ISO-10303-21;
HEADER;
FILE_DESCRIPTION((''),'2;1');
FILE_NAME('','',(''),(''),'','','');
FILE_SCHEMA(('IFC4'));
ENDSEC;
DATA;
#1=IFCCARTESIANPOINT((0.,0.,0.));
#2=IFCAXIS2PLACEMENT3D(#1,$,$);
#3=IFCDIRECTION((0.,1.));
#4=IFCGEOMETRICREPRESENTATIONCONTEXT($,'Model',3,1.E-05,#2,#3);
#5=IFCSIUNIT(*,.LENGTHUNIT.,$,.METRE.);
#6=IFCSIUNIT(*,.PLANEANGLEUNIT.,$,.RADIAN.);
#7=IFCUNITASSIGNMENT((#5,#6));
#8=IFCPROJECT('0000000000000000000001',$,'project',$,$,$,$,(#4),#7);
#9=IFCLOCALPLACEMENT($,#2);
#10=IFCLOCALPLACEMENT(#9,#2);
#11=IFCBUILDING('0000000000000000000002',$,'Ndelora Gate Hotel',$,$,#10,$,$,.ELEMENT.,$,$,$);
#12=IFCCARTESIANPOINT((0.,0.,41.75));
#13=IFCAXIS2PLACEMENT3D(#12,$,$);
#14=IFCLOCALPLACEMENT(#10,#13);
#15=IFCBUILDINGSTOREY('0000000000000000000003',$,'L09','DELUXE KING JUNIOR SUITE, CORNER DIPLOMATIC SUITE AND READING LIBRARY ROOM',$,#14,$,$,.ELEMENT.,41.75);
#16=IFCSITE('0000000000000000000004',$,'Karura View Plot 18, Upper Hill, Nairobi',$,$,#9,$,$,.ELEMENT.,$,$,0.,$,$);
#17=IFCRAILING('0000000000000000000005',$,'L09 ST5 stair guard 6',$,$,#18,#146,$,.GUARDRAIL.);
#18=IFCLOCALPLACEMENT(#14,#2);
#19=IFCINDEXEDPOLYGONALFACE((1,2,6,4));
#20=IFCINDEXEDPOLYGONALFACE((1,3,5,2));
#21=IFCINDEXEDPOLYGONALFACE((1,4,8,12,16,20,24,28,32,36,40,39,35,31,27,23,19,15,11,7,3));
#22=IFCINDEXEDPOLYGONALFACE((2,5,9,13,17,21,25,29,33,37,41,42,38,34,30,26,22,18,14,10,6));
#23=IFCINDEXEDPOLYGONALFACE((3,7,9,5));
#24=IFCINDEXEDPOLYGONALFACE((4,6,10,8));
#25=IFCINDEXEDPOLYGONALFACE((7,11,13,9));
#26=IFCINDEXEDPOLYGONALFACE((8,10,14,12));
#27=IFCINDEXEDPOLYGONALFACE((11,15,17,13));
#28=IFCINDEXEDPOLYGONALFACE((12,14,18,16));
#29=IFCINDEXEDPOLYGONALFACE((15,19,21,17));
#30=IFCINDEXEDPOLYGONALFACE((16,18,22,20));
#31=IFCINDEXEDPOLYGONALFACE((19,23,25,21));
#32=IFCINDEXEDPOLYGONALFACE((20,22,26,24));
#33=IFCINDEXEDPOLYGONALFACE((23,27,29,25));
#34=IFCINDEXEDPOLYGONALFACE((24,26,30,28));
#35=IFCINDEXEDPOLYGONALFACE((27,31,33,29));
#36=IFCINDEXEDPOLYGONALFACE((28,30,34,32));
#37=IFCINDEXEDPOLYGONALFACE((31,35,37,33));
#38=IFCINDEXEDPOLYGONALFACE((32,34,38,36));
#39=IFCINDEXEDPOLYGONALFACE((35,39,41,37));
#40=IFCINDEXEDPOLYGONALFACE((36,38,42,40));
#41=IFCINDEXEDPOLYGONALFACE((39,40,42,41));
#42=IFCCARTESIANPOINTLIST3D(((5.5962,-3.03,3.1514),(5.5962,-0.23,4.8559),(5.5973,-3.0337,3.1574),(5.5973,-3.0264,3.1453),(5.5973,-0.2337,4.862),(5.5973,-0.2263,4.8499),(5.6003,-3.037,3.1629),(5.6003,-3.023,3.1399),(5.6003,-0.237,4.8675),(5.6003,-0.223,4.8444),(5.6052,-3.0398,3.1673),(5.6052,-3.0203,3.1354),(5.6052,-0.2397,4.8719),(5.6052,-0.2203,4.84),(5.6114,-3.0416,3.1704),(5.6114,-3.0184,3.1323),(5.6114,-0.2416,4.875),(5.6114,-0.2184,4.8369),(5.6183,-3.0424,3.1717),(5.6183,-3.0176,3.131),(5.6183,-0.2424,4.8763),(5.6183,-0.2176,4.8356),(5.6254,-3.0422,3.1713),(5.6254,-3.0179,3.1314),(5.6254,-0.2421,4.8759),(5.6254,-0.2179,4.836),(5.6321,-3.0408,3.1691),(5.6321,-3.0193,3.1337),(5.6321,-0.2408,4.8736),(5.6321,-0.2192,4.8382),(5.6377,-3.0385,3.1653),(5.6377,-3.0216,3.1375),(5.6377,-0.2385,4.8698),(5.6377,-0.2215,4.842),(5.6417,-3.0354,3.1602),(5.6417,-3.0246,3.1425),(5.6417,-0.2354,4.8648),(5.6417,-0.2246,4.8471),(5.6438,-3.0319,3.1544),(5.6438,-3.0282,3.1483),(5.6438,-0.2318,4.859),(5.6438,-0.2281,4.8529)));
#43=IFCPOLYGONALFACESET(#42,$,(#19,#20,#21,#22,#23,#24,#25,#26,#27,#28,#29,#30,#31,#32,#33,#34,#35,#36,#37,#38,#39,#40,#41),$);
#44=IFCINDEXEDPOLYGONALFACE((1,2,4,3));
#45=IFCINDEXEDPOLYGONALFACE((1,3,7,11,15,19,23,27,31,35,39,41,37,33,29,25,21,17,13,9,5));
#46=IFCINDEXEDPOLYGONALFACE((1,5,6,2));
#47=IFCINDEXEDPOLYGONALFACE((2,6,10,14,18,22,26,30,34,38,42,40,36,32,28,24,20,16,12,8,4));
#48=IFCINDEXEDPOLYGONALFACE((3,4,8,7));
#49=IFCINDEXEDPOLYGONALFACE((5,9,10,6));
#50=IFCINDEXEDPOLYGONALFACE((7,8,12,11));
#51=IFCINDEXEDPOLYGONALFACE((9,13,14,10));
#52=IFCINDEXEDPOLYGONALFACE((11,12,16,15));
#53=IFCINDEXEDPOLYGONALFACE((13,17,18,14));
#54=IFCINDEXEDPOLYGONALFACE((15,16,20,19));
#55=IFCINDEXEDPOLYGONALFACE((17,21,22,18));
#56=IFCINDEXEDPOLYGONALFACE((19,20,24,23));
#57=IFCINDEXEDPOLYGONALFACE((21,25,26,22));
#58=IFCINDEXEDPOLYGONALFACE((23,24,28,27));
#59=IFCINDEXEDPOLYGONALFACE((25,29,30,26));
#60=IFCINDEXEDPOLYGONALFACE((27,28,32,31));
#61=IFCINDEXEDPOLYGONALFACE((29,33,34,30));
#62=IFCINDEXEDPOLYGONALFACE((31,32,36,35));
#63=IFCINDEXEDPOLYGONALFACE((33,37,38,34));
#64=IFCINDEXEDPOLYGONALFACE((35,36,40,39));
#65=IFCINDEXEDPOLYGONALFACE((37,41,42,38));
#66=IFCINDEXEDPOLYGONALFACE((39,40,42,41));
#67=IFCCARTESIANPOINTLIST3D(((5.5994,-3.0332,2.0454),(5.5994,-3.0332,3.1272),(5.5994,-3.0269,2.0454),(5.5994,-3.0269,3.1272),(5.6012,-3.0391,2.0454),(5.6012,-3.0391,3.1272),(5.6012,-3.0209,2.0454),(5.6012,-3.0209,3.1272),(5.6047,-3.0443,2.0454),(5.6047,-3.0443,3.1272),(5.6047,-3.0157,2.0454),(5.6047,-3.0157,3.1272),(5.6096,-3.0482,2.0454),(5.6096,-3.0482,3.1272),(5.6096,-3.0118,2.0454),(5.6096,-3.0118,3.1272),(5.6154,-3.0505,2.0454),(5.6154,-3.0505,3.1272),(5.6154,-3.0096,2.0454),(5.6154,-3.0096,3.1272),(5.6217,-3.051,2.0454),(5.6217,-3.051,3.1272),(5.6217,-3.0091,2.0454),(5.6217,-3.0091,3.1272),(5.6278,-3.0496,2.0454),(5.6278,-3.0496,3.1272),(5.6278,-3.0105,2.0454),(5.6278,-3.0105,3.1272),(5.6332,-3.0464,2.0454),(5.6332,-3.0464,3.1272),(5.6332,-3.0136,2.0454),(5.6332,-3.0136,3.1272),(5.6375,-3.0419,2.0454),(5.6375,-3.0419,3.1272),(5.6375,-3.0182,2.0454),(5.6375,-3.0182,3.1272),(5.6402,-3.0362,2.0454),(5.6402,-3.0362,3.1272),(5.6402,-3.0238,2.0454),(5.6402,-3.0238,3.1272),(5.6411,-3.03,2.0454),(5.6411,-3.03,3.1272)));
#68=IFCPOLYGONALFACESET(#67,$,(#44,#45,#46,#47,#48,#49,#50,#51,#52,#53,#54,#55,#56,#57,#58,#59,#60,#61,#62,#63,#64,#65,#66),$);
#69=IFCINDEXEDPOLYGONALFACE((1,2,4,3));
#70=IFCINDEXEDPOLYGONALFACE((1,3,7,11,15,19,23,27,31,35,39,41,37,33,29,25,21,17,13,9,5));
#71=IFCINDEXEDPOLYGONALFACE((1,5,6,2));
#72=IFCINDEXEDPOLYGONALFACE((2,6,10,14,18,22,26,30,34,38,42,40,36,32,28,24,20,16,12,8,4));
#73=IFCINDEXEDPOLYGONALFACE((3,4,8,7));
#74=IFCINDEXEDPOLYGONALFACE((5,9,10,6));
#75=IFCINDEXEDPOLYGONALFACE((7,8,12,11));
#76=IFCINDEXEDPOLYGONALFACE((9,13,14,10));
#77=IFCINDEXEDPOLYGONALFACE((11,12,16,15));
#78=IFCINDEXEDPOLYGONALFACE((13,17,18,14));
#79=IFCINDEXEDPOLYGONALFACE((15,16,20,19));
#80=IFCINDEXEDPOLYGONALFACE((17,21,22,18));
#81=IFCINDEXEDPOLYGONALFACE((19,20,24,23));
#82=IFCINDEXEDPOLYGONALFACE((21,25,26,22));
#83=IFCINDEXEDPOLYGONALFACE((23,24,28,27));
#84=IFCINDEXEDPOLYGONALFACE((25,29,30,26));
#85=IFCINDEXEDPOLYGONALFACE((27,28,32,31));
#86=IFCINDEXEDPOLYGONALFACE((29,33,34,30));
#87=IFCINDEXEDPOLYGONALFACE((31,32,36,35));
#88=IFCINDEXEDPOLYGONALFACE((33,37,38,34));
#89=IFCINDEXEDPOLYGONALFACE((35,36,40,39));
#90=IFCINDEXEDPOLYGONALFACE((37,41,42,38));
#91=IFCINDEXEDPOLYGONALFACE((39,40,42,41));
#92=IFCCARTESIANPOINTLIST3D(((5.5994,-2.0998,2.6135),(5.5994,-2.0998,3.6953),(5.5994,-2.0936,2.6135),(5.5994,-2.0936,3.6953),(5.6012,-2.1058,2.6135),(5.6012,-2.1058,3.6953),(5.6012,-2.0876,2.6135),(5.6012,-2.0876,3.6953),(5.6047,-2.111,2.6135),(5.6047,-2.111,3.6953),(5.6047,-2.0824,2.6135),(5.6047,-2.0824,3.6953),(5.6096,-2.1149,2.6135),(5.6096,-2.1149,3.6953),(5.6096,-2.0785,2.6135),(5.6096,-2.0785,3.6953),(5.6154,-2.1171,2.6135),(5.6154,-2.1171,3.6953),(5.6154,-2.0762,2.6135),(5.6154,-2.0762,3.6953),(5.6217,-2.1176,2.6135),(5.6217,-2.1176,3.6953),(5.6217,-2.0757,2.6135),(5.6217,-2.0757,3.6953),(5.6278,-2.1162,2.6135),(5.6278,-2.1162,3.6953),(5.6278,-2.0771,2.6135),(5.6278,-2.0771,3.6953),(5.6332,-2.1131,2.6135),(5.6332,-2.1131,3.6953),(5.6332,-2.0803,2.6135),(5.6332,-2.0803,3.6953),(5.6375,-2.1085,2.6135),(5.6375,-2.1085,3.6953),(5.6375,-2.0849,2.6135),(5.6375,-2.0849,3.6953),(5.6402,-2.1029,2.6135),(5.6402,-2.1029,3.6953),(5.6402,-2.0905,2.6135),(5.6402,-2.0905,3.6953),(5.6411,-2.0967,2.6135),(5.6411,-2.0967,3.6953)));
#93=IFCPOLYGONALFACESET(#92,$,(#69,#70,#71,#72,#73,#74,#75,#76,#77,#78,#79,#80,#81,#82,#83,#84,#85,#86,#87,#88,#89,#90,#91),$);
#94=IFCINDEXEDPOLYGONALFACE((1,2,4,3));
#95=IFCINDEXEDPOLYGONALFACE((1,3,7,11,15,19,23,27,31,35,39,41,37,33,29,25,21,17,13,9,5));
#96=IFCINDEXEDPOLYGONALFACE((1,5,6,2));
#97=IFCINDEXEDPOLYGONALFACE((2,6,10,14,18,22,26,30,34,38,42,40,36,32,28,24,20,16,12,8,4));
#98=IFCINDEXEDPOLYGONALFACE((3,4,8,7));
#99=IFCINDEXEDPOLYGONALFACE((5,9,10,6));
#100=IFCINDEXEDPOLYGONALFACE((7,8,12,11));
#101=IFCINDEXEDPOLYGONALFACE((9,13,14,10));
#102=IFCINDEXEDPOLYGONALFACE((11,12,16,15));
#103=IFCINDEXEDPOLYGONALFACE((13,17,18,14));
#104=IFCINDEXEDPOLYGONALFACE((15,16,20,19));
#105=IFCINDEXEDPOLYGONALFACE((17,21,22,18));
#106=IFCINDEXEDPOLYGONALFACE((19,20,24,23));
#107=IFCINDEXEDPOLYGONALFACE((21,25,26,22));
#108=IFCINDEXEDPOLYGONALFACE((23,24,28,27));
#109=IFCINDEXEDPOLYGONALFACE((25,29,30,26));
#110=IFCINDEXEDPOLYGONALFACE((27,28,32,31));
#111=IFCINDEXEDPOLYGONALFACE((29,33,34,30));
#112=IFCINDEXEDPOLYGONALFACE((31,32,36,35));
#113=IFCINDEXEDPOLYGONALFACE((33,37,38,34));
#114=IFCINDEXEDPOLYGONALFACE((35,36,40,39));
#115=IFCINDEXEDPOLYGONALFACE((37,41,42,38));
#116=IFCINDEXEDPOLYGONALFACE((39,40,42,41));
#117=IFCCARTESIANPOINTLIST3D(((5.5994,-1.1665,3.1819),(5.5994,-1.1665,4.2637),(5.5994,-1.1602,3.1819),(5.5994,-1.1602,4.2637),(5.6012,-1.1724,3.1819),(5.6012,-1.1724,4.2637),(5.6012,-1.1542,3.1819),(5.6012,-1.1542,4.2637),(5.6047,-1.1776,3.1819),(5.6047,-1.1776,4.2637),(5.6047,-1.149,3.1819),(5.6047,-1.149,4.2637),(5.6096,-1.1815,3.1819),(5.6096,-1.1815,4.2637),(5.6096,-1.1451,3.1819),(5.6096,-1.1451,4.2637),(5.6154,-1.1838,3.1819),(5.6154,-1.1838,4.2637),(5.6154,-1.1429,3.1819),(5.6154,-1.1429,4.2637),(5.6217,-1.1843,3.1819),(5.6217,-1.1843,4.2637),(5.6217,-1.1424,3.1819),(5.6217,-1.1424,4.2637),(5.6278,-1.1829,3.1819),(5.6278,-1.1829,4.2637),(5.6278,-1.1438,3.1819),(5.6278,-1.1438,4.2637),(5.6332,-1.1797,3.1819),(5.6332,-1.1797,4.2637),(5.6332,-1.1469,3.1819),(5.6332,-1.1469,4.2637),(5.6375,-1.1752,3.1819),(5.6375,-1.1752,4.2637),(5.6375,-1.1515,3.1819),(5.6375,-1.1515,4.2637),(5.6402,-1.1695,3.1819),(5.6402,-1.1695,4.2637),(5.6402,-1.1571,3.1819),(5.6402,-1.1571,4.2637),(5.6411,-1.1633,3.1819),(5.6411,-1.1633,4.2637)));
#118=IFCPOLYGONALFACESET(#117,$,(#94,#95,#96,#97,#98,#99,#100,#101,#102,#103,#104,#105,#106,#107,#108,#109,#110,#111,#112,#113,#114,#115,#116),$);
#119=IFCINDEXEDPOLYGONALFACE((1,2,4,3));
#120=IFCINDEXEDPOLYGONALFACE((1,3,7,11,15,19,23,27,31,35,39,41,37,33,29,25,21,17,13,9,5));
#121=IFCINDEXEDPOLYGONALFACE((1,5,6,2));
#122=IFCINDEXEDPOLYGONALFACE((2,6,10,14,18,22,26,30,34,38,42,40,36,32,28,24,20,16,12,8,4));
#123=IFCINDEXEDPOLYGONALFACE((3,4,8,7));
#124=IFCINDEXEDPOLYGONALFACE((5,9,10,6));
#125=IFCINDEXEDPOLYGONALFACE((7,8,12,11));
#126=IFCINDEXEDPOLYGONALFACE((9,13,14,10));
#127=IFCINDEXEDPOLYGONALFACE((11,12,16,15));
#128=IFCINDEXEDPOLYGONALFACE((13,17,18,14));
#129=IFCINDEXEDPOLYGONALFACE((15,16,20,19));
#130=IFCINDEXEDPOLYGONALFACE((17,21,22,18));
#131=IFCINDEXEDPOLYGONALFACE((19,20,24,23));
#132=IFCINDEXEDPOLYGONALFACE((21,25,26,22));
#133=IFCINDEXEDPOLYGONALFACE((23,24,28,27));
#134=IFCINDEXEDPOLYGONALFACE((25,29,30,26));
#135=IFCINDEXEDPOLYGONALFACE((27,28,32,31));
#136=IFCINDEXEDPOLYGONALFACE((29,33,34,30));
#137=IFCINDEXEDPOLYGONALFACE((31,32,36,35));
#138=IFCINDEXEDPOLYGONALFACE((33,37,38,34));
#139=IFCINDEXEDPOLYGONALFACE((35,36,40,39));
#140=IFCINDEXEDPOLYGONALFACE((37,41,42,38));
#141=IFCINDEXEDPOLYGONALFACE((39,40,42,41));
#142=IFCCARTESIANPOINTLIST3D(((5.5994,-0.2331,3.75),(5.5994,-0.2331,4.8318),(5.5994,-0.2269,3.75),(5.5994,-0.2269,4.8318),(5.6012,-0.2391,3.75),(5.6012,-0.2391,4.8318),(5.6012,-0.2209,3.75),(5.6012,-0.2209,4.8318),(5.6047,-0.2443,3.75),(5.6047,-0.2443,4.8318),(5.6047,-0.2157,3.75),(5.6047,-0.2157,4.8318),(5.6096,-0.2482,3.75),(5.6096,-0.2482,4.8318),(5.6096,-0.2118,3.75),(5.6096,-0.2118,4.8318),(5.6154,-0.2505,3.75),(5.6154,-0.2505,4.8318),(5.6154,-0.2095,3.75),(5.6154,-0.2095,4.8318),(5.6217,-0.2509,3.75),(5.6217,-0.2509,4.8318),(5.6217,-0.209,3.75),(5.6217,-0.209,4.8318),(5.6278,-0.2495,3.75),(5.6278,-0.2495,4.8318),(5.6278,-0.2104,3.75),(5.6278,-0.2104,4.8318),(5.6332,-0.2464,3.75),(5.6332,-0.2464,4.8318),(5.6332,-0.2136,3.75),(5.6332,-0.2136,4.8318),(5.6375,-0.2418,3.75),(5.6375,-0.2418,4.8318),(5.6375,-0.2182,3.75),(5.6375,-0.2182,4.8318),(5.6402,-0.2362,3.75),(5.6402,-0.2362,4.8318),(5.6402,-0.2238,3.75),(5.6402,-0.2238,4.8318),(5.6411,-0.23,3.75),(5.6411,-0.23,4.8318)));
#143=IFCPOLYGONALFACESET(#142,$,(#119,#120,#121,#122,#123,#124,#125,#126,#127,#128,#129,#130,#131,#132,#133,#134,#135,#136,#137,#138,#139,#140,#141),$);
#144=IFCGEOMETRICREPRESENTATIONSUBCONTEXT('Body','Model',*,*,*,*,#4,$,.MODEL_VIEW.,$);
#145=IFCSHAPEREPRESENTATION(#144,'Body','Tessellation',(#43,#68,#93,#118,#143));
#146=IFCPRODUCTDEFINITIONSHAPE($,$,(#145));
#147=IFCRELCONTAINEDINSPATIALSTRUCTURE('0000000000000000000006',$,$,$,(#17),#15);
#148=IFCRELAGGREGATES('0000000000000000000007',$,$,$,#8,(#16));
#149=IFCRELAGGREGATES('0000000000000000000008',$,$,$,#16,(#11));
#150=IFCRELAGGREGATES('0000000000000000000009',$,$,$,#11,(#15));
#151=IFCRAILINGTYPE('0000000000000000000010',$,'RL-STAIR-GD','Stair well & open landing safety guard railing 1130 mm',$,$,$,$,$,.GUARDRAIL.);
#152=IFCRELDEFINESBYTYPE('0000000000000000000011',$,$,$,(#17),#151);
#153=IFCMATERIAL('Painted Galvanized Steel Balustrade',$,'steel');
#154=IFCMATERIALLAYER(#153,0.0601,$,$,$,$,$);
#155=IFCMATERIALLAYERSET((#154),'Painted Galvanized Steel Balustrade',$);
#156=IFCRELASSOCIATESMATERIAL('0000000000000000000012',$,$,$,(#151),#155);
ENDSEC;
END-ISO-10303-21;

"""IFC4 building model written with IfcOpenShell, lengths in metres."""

from ifc_helpers import new_model, si_unit, direction, frame, origin, origin_2d, place, context, subcontext, project, spatial, circle, extrude, material, layer, layer_set, type_object, element, save


model = new_model("IFC4")

# Units and contexts
model_context = context("Model", 3, precision=1e-05, world=origin(), true_north=direction((0.0, 1.0)))
body_context = subcontext(model_context, "Body", "Model", "MODEL_VIEW")
ifc_project = project(units=[si_unit("LENGTHUNIT", "METRE"), si_unit("PLANEANGLEUNIT", "RADIAN")], contexts=[model_context])

# Site, building, storey
site_placement = place(None, origin())
site = spatial("IfcSite", under=ifc_project, at=site_placement, Name="Karura View Plot 18, Upper Hill, Nairobi", CompositionType="ELEMENT", RefElevation=0.0)
building_placement = place(site_placement, origin())
building = spatial("IfcBuilding", under=site, at=building_placement, Name="Ndelora Gate Hotel", CompositionType="ELEMENT")
storey_placement = place(building_placement, frame((0.0, 0.0, 41.75)))
storey = spatial("IfcBuildingStorey", under=building, at=storey_placement, Name="L09", Description="DELUXE KING JUNIOR SUITE, CORNER DIPLOMATIC SUITE AND READING LIBRARY ROOM", CompositionType="ELEMENT", Elevation=41.75)

# Railing
ifc_material_1 = material(Name="Painted Galvanized Steel Balustrade", Category="steel")
ifc_layer_1 = layer(ifc_material_1, 0.0601)
ifc_layer_set_1 = layer_set([ifc_layer_1], Name="Painted Galvanized Steel Balustrade")
railing_type_1 = type_object("IfcRailingType", Name="RL-STAIR-GD", Description="Stair well & open landing safety guard railing 1130 mm", PredefinedType="GUARDRAIL", material=ifc_layer_set_1)
railing_1_placement = place(storey_placement, frame((5.6201, -3.03, 2.0454)))
element("IfcRailing", 1, at=railing_1_placement, inside=storey, type_object=railing_type_1, Name="L09 ST5 stair guard 6", PredefinedType="GUARDRAIL", context=body_context, shape_type="SweptSolid", body=[
    extrude(circle(Radius=0.0239, at=origin_2d()), frame((0.0, 0.0, 1.106), z_axis=(0.0, 0.85417, 0.519994), x_axis=(-1.0, 0.0, 0.0)), (0.0, 0.0, 1.0), 3.2781),
    extrude(circle(Radius=0.021, at=origin_2d()), origin(), (0.0, 0.0, 1.0), 1.0818),
    extrude(circle(Radius=0.021, at=origin_2d()), frame((0.0, 0.9333, 0.5681)), (0.0, 0.0, 1.0), 1.0818),
    extrude(circle(Radius=0.021, at=origin_2d()), frame((0.0, 1.8667, 1.1365)), (0.0, 0.0, 1.0), 1.0818),
    extrude(circle(Radius=0.021, at=origin_2d()), frame((0.0, 2.8, 1.7046)), (0.0, 0.0, 1.0), 1.0818),
])

save(model, "model.ifc")
